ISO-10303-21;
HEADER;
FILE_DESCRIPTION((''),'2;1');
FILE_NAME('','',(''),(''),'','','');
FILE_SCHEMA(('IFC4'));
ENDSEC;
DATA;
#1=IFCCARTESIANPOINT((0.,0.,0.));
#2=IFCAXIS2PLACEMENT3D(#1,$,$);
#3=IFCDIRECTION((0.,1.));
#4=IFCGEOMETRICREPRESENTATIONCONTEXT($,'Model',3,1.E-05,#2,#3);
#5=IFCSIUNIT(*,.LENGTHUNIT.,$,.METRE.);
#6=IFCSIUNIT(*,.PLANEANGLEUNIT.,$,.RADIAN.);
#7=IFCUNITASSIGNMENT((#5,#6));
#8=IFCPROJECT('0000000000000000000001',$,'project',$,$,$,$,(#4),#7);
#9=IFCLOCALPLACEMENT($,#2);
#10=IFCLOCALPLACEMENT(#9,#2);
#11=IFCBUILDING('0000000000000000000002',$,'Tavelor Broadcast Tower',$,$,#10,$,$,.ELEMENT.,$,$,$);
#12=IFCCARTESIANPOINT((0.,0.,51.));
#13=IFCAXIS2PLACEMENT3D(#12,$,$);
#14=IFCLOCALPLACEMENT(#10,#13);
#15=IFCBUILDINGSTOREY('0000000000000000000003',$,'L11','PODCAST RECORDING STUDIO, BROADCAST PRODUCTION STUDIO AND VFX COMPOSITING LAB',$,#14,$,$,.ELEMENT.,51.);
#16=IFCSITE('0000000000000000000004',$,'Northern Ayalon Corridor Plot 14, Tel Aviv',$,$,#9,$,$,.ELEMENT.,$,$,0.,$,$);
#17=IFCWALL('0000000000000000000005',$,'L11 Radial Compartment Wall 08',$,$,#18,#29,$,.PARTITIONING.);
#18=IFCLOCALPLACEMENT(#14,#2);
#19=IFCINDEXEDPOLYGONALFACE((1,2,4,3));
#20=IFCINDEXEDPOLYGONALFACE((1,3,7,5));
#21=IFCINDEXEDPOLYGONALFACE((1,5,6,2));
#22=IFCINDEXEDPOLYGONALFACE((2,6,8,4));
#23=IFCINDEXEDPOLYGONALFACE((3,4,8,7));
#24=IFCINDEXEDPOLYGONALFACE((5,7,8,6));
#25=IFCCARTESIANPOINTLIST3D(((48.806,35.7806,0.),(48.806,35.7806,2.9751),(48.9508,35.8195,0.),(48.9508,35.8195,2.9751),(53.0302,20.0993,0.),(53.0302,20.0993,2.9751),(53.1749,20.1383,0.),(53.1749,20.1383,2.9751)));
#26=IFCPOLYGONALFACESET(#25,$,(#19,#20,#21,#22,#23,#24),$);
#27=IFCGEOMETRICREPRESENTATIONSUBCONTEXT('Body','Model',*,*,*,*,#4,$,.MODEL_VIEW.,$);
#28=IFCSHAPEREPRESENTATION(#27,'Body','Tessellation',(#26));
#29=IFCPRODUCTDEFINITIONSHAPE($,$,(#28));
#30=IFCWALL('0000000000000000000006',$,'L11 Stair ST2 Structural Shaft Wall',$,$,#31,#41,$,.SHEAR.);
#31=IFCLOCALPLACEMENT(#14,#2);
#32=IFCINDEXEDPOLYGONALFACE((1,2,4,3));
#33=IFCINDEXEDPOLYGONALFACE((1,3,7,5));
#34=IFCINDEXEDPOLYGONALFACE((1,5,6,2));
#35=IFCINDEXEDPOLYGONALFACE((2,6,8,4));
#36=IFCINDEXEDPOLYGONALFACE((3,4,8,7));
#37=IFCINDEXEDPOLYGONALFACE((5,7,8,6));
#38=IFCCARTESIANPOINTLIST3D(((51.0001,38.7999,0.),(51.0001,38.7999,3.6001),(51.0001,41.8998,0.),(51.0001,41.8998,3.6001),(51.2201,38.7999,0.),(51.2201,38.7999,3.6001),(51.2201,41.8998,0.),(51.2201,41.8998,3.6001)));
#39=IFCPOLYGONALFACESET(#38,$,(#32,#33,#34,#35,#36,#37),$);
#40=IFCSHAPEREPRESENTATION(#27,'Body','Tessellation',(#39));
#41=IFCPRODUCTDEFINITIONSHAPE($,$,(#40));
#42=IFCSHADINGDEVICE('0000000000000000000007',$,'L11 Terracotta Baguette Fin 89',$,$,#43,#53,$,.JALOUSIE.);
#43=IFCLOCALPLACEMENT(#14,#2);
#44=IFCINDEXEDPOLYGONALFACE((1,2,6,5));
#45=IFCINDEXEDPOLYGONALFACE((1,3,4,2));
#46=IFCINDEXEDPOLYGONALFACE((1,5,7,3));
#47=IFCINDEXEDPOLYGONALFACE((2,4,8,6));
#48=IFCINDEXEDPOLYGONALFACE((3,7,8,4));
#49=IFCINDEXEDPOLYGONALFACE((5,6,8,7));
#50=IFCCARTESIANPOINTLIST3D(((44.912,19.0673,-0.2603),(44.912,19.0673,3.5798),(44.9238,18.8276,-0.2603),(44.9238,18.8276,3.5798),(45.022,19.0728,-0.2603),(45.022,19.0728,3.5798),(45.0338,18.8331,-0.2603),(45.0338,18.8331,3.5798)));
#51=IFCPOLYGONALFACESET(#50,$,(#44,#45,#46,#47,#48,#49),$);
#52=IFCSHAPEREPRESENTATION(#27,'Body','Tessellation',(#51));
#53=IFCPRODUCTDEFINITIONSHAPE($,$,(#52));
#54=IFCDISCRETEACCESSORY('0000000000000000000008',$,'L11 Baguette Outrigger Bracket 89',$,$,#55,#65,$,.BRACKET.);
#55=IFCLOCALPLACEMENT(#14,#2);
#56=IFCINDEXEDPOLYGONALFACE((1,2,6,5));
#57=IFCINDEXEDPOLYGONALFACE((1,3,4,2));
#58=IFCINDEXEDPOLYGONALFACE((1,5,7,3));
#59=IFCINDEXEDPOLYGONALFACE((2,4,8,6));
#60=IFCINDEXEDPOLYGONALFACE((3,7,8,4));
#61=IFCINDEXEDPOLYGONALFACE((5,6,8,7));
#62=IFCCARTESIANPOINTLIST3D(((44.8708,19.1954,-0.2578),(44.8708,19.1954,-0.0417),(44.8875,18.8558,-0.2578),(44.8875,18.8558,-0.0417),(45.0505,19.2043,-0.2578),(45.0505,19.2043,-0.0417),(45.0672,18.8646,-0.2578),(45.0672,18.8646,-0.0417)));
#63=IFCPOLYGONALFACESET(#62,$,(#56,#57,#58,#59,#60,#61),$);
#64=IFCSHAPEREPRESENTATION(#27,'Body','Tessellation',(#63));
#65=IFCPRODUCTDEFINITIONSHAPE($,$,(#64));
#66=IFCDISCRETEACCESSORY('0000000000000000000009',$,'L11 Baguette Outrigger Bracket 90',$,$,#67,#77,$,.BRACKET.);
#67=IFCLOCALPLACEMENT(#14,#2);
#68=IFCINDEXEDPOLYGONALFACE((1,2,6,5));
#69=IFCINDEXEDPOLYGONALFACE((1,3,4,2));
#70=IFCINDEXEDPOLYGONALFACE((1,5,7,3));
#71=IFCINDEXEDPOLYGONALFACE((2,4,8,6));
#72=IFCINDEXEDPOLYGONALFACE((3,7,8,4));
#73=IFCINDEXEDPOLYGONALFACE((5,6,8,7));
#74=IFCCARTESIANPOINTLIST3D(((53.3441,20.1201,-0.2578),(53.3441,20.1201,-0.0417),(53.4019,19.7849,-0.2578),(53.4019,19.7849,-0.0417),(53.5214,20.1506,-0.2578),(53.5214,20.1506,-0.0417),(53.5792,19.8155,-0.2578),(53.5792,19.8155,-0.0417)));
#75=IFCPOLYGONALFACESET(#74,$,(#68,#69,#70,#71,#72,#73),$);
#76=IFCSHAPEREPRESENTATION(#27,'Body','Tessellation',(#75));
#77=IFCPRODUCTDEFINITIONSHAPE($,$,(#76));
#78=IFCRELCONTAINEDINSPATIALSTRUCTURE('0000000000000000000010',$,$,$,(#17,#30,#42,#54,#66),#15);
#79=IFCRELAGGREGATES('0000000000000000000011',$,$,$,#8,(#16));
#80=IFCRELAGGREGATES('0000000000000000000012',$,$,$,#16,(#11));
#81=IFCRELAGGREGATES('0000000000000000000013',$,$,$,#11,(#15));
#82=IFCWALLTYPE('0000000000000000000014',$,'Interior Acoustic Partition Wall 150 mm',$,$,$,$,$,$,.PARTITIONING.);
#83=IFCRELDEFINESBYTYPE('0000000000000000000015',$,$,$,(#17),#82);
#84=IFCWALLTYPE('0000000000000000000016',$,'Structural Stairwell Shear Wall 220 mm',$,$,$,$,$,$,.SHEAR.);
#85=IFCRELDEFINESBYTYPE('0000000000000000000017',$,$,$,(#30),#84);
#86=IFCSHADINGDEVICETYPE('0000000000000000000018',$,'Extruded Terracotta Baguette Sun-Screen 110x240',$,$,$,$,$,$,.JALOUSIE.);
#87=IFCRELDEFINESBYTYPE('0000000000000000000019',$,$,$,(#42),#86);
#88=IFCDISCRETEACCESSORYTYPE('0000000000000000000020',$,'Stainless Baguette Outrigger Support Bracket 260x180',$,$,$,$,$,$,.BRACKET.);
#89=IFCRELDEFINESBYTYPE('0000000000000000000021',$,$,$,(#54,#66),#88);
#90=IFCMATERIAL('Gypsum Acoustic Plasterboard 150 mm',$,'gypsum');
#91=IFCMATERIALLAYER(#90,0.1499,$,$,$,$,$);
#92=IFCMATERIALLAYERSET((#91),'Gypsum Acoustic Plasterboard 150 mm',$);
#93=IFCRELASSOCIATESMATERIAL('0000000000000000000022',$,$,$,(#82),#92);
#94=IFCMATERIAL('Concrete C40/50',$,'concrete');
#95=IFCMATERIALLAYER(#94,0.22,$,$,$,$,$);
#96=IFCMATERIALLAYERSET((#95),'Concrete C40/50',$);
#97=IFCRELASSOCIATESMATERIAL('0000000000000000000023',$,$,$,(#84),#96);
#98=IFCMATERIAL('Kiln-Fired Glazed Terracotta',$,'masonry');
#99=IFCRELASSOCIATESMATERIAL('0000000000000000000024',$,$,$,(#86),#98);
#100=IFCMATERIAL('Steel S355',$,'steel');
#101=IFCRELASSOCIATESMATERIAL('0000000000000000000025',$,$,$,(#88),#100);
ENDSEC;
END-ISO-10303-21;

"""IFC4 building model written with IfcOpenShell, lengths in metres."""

from ifc_helpers import new_model, si_unit, direction, frame, frame_2d, origin, origin_2d, place, context, subcontext, project, spatial, rectangle, extrude, source, transform, mapped, material, layer, layer_set, type_object, type_shapes, element, save


model = new_model("IFC4")

# Units and contexts
model_context = context("Model", 3, precision=1e-05, world=origin(), true_north=direction((0.0, 1.0)))
body_context = subcontext(model_context, "Body", "Model", "MODEL_VIEW")
ifc_project = project(units=[si_unit("LENGTHUNIT", "METRE"), si_unit("PLANEANGLEUNIT", "RADIAN")], contexts=[model_context])

# Site, building, storey
site_placement = place(None, origin())
site = spatial("IfcSite", under=ifc_project, at=site_placement, Name="Northern Ayalon Corridor Plot 14, Tel Aviv", CompositionType="ELEMENT", RefElevation=0.0)
building_placement = place(site_placement, origin())
building = spatial("IfcBuilding", under=site, at=building_placement, Name="Tavelor Broadcast Tower", CompositionType="ELEMENT")
storey_placement = place(building_placement, frame((0.0, 0.0, 51.0)))
storey = spatial("IfcBuildingStorey", under=building, at=storey_placement, Name="L11", Description="PODCAST RECORDING STUDIO, BROADCAST PRODUCTION STUDIO AND VFX COMPOSITING LAB", CompositionType="ELEMENT", Elevation=51.0)

# Shared definitions
ifc_material_1 = material(Name="Steel S355", Category="steel")

# Walls
ifc_material_2 = material(Name="Gypsum Acoustic Plasterboard 150 mm", Category="gypsum")
ifc_layer_1 = layer(ifc_material_2, 0.1499)
ifc_layer_set_1 = layer_set([ifc_layer_1], Name="Gypsum Acoustic Plasterboard 150 mm")
wall_type_1 = type_object("IfcWallType", Name="Interior Acoustic Partition Wall 150 mm", PredefinedType="PARTITIONING", material=ifc_layer_set_1)
wall_1_placement = place(storey_placement, frame((48.8784, 35.8, 0.0), z_axis=(0.0, 0.0, 1.0), x_axis=(0.260104, -0.965581, 0.0)))
element("IfcWall", 1, at=wall_1_placement, inside=storey, type_object=wall_type_1, Name="L11 Radial Compartment Wall 08", PredefinedType="PARTITIONING", context=body_context, shape_type="SweptSolid", body=[
    extrude(rectangle(XDim=16.2402, YDim=0.1499, at=frame_2d((8.1201, 0.0))), origin(), (0.0, 0.0, 1.0), 2.9751),
])
ifc_material_3 = material(Name="Concrete C40/50", Category="concrete")
ifc_layer_2 = layer(ifc_material_3, 0.22)
ifc_layer_set_2 = layer_set([ifc_layer_2], Name="Concrete C40/50")
wall_type_2 = type_object("IfcWallType", Name="Structural Stairwell Shear Wall 220 mm", PredefinedType="SHEAR", material=ifc_layer_set_2)
wall_2_placement = place(storey_placement, frame((51.1101, 38.8, 0.0), z_axis=(0.0, 0.0, 1.0), x_axis=(0.0, 1.0, 0.0)))
element("IfcWall", 2, at=wall_2_placement, inside=storey, type_object=wall_type_2, Name="L11 Stair ST2 Structural Shaft Wall", PredefinedType="SHEAR", context=body_context, shape_type="SweptSolid", body=[
    extrude(rectangle(XDim=3.0999, YDim=0.22, at=frame_2d((1.5498, 0.0))), origin(), (0.0, 0.0, 1.0), 3.6001),
])

# Shading device
ifc_material_4 = material(Name="Kiln-Fired Glazed Terracotta", Category="masonry")
shading_device_type = type_object("IfcShadingDeviceType", Name="Extruded Terracotta Baguette Sun-Screen 110x240", PredefinedType="JALOUSIE", material=ifc_material_4)
shared_shape_1 = source(origin(), body_context, "Body", "SweptSolid", [
    extrude(rectangle(XDim=0.1101, YDim=0.24, at=origin_2d()), origin(), (0.0, 0.0, 1.0), 3.8401),
])
type_shapes(shading_device_type, [shared_shape_1])
shading_device_placement = place(storey_placement, frame((44.9729, 18.9502, -0.2603), z_axis=(0.0, 0.0, 1.0), x_axis=(0.998789, 0.049198, 0.0)))
element("IfcShadingDevice", 3, at=shading_device_placement, inside=storey, type_object=shading_device_type, Name="L11 Terracotta Baguette Fin 89", PredefinedType="JALOUSIE", context=body_context, shape_type="MappedRepresentation", body=[
    mapped(shared_shape_1, transform((0.0, 0.0, 0.0), scale=1.0)),
])

# Discrete accessories
discrete_accessory_type = type_object("IfcDiscreteAccessoryType", Name="Stainless Baguette Outrigger Support Bracket 260x180", PredefinedType="BRACKET", material=ifc_material_1)
shared_shape_2 = source(origin(), body_context, "Body", "SweptSolid", [
    extrude(rectangle(XDim=0.1799, YDim=0.3401, at=origin_2d()), origin(), (0.0, 0.0, 1.0), 0.2161),
])
type_shapes(discrete_accessory_type, [shared_shape_2])
for number, where, z_axis, x_axis, name in (
    (4, (44.969, 19.03, -0.2578), (0.0, 0.0, 1.0), (0.998789, 0.049198, 0.0), "L11 Baguette Outrigger Bracket 89"),
    (5, (53.4617, 19.9678, -0.2578), (0.0, 0.0, 1.0), (0.985467, 0.169866, 0.0), "L11 Baguette Outrigger Bracket 90"),
):
    element("IfcDiscreteAccessory", number, at=place(storey_placement, frame(where, z_axis=z_axis, x_axis=x_axis)), inside=storey, type_object=discrete_accessory_type, Name=name, PredefinedType="BRACKET", context=body_context, shape_type="MappedRepresentation", body=[
        mapped(shared_shape_2, transform((0.0, 0.0, 0.0), scale=1.0)),
    ])

save(model, "model.ifc")
